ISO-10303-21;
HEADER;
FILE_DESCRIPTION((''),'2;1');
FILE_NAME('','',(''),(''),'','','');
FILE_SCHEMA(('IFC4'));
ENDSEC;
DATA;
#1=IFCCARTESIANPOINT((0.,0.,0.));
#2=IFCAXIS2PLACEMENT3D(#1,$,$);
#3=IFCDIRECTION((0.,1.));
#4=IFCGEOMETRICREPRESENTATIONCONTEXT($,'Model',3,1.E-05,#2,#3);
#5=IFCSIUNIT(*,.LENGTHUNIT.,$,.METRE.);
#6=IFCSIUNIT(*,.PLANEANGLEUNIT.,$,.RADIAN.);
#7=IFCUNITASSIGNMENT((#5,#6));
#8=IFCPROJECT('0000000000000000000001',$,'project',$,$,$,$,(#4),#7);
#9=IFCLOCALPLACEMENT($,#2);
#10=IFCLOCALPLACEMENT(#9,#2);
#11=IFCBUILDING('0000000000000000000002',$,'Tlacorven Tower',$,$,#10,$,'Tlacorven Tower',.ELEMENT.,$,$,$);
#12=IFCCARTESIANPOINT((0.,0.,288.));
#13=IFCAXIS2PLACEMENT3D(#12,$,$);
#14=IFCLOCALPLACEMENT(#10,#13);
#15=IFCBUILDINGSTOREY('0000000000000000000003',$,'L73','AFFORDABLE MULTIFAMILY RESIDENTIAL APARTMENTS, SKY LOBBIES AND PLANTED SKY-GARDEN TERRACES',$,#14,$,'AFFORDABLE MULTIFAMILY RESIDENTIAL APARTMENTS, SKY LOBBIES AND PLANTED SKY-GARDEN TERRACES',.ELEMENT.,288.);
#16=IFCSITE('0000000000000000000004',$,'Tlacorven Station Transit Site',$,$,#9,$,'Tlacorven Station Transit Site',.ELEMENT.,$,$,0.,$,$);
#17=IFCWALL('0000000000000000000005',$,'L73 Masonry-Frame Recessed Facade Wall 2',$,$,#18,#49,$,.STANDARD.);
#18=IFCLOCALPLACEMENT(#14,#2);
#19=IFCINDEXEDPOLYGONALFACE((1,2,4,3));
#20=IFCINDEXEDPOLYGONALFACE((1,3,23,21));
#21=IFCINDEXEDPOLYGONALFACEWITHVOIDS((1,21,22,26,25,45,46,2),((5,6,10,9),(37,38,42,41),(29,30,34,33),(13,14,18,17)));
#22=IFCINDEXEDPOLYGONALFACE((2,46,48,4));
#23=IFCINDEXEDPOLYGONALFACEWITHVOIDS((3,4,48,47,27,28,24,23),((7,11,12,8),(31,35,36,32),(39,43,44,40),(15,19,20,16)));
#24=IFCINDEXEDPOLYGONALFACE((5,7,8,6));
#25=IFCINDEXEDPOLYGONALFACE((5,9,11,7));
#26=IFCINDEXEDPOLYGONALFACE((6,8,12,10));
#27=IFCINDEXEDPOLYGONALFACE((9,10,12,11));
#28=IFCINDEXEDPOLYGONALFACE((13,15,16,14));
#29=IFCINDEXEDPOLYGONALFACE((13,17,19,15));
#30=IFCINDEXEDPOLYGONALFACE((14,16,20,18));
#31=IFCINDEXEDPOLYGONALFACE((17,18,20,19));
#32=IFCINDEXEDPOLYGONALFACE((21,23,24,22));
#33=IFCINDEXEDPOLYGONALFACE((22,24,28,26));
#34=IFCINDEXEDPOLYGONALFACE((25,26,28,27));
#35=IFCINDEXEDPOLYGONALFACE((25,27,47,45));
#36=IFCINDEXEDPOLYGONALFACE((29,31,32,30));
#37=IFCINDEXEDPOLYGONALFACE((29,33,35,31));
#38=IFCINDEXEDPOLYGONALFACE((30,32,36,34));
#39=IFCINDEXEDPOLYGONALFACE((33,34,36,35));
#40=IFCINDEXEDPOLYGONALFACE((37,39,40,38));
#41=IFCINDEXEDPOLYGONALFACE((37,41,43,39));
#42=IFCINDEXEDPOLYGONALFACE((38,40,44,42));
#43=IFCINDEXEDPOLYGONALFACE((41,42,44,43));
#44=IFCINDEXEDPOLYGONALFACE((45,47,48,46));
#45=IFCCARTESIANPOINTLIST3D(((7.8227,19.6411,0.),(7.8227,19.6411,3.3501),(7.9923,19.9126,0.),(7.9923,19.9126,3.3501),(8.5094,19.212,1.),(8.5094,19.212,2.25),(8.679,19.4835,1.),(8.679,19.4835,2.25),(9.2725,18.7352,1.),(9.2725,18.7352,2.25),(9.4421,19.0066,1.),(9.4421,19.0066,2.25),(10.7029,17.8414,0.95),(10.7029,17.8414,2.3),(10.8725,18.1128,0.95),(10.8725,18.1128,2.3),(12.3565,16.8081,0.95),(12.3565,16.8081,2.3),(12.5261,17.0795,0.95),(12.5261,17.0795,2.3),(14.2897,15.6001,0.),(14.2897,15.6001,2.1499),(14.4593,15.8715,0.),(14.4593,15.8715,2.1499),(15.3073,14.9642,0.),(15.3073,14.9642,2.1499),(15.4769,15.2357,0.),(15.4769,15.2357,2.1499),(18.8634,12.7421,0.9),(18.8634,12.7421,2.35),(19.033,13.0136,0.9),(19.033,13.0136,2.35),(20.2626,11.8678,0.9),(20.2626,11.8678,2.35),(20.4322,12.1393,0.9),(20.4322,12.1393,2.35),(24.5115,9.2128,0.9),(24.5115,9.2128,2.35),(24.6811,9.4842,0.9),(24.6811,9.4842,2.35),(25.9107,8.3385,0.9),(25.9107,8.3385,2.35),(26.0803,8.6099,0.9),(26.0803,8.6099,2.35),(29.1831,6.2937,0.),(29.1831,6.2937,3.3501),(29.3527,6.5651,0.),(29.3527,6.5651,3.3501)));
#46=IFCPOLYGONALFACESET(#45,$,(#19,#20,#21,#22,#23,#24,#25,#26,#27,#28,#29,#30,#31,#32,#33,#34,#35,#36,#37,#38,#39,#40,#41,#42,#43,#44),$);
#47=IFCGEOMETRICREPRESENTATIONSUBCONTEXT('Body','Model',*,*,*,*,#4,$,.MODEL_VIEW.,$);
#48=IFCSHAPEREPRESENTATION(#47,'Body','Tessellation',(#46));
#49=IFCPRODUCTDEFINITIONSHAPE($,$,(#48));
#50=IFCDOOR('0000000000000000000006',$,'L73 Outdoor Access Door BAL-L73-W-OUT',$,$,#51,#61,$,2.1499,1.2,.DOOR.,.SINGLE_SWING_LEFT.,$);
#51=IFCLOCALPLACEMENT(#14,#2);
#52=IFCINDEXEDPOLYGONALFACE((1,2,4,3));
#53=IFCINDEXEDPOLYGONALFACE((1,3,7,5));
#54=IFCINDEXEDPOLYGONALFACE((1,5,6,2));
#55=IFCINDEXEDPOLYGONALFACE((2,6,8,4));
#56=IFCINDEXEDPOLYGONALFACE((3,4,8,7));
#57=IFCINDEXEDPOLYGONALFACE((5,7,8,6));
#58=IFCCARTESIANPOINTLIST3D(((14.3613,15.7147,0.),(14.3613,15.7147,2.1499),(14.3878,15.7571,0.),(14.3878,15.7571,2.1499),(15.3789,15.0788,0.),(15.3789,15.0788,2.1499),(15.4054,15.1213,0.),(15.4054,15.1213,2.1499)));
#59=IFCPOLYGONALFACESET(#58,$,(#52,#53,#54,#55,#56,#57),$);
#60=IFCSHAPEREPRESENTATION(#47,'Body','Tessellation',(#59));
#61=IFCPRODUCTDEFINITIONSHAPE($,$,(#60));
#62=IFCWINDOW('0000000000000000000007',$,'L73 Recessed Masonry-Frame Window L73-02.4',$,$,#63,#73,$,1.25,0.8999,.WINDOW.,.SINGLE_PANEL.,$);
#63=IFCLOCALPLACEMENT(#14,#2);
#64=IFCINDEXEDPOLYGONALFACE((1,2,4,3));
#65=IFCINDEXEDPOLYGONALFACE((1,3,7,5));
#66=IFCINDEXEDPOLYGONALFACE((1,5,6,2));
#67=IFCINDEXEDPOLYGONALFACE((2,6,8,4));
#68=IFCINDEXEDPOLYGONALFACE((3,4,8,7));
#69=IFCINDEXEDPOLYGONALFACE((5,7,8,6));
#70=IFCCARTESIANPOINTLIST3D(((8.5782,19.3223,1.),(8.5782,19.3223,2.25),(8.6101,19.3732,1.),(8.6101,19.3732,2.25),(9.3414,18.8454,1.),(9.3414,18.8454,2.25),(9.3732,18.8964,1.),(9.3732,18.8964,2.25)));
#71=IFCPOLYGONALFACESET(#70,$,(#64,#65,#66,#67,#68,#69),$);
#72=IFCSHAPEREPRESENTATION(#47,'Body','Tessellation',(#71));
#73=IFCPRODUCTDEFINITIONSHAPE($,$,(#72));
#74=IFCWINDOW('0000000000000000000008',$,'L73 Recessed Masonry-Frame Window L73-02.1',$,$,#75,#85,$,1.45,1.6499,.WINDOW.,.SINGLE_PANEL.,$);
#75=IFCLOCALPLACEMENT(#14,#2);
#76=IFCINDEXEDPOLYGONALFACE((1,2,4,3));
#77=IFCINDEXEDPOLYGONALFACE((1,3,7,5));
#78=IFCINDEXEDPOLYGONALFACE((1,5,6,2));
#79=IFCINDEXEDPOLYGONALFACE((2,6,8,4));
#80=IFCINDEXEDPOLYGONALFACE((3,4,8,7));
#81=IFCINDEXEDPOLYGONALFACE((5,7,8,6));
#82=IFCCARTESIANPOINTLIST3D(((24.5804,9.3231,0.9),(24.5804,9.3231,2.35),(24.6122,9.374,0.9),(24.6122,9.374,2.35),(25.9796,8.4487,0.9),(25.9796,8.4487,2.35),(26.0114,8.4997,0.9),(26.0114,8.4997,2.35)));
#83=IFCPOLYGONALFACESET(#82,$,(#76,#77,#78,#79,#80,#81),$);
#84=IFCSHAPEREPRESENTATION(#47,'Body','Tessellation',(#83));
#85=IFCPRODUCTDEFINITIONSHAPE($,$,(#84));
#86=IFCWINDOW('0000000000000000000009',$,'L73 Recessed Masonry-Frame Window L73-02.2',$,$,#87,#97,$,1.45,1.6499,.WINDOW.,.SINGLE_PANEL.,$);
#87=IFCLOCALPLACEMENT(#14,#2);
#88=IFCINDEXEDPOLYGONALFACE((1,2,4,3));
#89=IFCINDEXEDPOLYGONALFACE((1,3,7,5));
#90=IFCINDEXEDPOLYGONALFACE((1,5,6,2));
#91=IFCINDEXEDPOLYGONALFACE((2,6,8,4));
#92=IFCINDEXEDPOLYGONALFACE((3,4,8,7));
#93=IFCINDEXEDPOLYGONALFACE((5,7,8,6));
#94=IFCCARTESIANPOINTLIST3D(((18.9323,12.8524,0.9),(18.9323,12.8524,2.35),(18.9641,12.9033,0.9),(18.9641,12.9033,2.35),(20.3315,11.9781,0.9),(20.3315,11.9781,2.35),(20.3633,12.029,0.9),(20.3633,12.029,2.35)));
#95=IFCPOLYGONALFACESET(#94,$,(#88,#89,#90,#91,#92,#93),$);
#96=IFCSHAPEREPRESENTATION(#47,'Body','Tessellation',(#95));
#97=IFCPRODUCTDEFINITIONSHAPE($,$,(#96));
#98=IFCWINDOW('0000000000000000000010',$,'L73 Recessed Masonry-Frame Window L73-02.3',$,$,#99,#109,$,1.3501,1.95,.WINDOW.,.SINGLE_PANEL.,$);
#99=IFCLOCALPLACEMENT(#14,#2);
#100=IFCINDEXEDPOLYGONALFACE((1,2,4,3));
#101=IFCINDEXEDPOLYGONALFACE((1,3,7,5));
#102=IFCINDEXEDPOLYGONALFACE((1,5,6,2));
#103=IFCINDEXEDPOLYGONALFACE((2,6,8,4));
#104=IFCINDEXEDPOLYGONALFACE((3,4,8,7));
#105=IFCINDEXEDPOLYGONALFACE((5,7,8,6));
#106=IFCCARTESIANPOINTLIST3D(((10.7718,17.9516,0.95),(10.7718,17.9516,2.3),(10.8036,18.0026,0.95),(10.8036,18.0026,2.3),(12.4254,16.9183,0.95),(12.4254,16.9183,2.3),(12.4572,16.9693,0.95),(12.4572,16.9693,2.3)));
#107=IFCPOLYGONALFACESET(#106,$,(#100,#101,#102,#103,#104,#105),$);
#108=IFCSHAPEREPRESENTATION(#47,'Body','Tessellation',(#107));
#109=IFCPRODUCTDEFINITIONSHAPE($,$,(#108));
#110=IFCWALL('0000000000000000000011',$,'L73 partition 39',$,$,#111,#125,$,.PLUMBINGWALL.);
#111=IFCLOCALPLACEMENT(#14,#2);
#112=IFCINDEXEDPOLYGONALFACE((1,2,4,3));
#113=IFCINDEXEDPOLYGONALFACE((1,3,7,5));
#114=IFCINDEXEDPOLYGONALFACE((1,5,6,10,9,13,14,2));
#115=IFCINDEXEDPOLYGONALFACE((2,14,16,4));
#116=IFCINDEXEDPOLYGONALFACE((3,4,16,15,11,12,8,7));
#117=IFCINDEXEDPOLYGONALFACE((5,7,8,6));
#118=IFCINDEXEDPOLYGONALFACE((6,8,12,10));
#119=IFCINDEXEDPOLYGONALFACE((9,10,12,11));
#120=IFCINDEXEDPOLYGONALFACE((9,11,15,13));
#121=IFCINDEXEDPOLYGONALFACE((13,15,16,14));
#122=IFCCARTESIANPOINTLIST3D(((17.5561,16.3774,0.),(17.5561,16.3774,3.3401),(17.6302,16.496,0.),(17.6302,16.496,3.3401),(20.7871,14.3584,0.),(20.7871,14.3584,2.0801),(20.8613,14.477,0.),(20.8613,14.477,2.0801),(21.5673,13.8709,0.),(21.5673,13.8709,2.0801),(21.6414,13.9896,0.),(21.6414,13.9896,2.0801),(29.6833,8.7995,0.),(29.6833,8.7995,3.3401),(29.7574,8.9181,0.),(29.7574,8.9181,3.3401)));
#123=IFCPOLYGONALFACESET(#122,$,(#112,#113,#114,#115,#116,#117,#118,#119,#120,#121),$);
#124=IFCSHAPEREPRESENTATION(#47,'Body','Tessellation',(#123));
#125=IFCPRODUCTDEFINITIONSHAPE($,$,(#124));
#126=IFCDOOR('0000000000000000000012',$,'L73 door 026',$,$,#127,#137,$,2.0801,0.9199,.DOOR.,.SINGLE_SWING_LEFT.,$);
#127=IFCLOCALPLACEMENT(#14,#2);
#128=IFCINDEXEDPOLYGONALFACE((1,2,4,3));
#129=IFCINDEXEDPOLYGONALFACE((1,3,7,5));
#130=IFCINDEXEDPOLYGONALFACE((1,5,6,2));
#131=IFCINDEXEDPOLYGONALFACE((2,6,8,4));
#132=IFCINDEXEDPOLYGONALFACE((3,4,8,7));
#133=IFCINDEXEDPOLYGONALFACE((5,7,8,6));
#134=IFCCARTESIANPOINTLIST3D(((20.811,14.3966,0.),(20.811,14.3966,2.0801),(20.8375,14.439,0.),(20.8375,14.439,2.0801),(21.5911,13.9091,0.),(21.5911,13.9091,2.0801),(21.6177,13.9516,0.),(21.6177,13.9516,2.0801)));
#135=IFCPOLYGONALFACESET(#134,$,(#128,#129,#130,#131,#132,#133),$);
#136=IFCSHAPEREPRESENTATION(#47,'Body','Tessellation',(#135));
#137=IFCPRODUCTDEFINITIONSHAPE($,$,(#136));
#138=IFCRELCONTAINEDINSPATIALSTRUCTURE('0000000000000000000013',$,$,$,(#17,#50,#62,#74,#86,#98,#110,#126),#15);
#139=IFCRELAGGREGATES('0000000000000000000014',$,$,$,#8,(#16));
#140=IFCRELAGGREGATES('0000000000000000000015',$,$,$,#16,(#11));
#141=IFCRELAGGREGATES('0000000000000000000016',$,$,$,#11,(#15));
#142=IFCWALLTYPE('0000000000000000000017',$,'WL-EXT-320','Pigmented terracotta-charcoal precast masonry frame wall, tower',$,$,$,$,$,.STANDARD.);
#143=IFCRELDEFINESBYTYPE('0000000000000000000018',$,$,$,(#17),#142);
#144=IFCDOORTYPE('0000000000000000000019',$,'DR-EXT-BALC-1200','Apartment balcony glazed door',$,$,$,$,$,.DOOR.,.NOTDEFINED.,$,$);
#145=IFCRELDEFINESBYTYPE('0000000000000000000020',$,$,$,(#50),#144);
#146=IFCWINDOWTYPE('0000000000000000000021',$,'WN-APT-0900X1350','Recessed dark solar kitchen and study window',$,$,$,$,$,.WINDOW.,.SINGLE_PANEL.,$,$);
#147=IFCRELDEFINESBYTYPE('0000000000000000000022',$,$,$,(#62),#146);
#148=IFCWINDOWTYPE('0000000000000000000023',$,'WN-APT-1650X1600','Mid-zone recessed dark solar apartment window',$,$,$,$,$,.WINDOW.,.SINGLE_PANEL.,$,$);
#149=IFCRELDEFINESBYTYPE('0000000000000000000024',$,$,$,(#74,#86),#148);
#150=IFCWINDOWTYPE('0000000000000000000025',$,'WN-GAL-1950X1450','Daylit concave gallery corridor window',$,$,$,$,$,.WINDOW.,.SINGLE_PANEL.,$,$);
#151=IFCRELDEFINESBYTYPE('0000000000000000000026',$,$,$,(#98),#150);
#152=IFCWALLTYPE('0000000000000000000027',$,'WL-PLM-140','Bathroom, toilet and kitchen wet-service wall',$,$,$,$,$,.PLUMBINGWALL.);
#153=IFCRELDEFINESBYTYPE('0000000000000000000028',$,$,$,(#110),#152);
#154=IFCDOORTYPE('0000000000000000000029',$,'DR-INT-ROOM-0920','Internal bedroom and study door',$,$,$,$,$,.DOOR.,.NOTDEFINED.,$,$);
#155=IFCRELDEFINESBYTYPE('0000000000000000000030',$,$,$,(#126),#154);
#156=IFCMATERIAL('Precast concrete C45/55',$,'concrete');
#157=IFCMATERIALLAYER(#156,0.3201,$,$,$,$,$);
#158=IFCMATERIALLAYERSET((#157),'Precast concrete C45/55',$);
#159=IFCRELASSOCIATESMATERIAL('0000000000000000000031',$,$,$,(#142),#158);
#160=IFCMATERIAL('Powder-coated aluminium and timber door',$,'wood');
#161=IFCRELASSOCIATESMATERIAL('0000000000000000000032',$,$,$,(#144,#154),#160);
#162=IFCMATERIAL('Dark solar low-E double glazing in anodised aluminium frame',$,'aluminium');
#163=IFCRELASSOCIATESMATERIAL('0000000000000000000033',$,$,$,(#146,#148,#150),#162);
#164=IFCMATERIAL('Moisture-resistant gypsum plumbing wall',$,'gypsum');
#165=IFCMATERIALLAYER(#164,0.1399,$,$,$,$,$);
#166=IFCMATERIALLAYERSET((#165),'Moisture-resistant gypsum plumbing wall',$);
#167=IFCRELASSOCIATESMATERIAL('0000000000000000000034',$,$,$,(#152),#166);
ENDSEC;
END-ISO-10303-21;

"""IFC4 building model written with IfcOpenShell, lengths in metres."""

from ifc_helpers import new_model, si_unit, direction, frame, frame_2d, origin, place, context, subcontext, project, spatial, rectangle, extrude, source, transform, mapped, material, layer, layer_set, type_object, element, fill, save


model = new_model("IFC4")

# Units and contexts
model_context = context("Model", 3, precision=1e-05, world=origin(), true_north=direction((0.0, 1.0)))
body_context = subcontext(model_context, "Body", "Model", "MODEL_VIEW")
ifc_project = project(units=[si_unit("LENGTHUNIT", "METRE"), si_unit("PLANEANGLEUNIT", "RADIAN")], contexts=[model_context])

# Site, building, storey
site_placement = place(None, origin())
site = spatial("IfcSite", under=ifc_project, at=site_placement, Name="Tlacorven Station Transit Site", LongName="Tlacorven Station Transit Site", CompositionType="ELEMENT", RefElevation=0.0)
building_placement = place(site_placement, origin())
building = spatial("IfcBuilding", under=site, at=building_placement, Name="Tlacorven Tower", LongName="Tlacorven Tower", CompositionType="ELEMENT")
storey_placement = place(building_placement, frame((0.0, 0.0, 288.0)))
storey = spatial("IfcBuildingStorey", under=building, at=storey_placement, Name="L73", Description="AFFORDABLE MULTIFAMILY RESIDENTIAL APARTMENTS, SKY LOBBIES AND PLANTED SKY-GARDEN TERRACES", LongName="AFFORDABLE MULTIFAMILY RESIDENTIAL APARTMENTS, SKY LOBBIES AND PLANTED SKY-GARDEN TERRACES", CompositionType="ELEMENT", Elevation=288.0)

# Wall, openings, door, windows
ifc_material_1 = material(Name="Precast concrete C45/55", Category="concrete")
ifc_layer_1 = layer(ifc_material_1, 0.3201)
ifc_layer_set_1 = layer_set([ifc_layer_1], Name="Precast concrete C45/55")
wall_type_1 = type_object("IfcWallType", Name="WL-EXT-320", Description="Pigmented terracotta-charcoal precast masonry frame wall, tower", PredefinedType="STANDARD", material=ifc_layer_set_1)
wall_1_placement = place(storey_placement, frame((29.2678, 6.4294, 0.0), z_axis=(0.0, 0.0, 1.0), x_axis=(-0.848048, 0.529919, 0.0)))
wall_1 = element("IfcWall", 1, at=wall_1_placement, inside=storey, type_object=wall_type_1, Name="L73 Masonry-Frame Recessed Facade Wall 2", PredefinedType="STANDARD", context=body_context, shape_type="SweptSolid", body=[
    extrude(rectangle(XDim=25.1877, YDim=0.3201, at=frame_2d((12.5938, 0.0))), origin(), (0.0, 0.0, 1.0), 3.3501),
])
opening_1_placement = place(wall_1_placement, frame((16.3618, 0.0, 0.0)))
opening_1 = element("IfcOpeningElement", 2, at=opening_1_placement, cuts=wall_1, PredefinedType="OPENING", context=body_context, shape_type="SweptSolid", body=[
    extrude(rectangle(XDim=1.2, YDim=2.1499, at=frame_2d((0.6001, 1.075))), frame((0.0, 0.1699, 0.0), z_axis=(0.0, -1.0, 0.0), x_axis=(1.0, 0.0, 0.0)), (0.0, 0.0, 1.0), 0.3401),
])
opening_2_placement = place(wall_1_placement, frame((3.8586, 0.0, 0.8999)))
opening_2 = element("IfcOpeningElement", 3, at=opening_2_placement, cuts=wall_1, PredefinedType="OPENING", context=body_context, shape_type="SweptSolid", body=[
    extrude(rectangle(XDim=1.6499, YDim=1.45, at=frame_2d((0.825, 0.7251))), frame((0.0, 0.1699, 0.0), z_axis=(0.0, -1.0, 0.0), x_axis=(1.0, 0.0, 0.0)), (0.0, 0.0, 1.0), 0.3401),
])
opening_3_placement = place(wall_1_placement, frame((10.5188, 0.0, 0.8999)))
opening_3 = element("IfcOpeningElement", 4, at=opening_3_placement, cuts=wall_1, PredefinedType="OPENING", context=body_context, shape_type="SweptSolid", body=[
    extrude(rectangle(XDim=1.6499, YDim=1.45, at=frame_2d((0.825, 0.7251))), frame((0.0, 0.1699, 0.0), z_axis=(0.0, -1.0, 0.0), x_axis=(1.0, 0.0, 0.0)), (0.0, 0.0, 1.0), 0.3401),
])
opening_4_placement = place(wall_1_placement, frame((19.8413, 0.0, 0.95)))
opening_4 = element("IfcOpeningElement", 5, at=opening_4_placement, cuts=wall_1, PredefinedType="OPENING", context=body_context, shape_type="SweptSolid", body=[
    extrude(rectangle(XDim=1.95, YDim=1.3501, at=frame_2d((0.9751, 0.675))), frame((0.0, 0.1699, 0.0), z_axis=(0.0, -1.0, 0.0), x_axis=(1.0, 0.0, 0.0)), (0.0, 0.0, 1.0), 0.3401),
])
opening_5_placement = place(wall_1_placement, frame((23.478, 0.0, 1.0)))
opening_5 = element("IfcOpeningElement", 6, at=opening_5_placement, cuts=wall_1, PredefinedType="OPENING", context=body_context, shape_type="SweptSolid", body=[
    extrude(rectangle(XDim=0.8999, YDim=1.25, at=frame_2d((0.45, 0.625))), frame((0.0, 0.1699, 0.0), z_axis=(0.0, -1.0, 0.0), x_axis=(1.0, 0.0, 0.0)), (0.0, 0.0, 1.0), 0.3401),
])
ifc_material_2 = material(Name="Powder-coated aluminium and timber door", Category="wood")
door_type_1 = type_object("IfcDoorType", Name="DR-EXT-BALC-1200", Description="Apartment balcony glazed door", OperationType="NOTDEFINED", PredefinedType="DOOR", material=ifc_material_2)
shared_shape_1 = source(origin(), body_context, "Body", "SweptSolid", [
    extrude(rectangle(XDim=1.2, YDim=2.1499, at=frame_2d((0.6001, 1.075))), frame((0.0, 0.0249, 0.0), z_axis=(0.0, -1.0, 0.0), x_axis=(1.0, 0.0, 0.0)), (0.0, 0.0, 1.0), 0.05),
])
door_1_placement = place(opening_1_placement, origin())
door_1 = element("IfcDoor", 7, at=door_1_placement, inside=storey, type_object=door_type_1, Name="L73 Outdoor Access Door BAL-L73-W-OUT", OperationType="SINGLE_SWING_LEFT", OverallHeight=2.1499, OverallWidth=1.2, PredefinedType="DOOR", context=body_context, shape_type="MappedRepresentation", body=[
    mapped(shared_shape_1, transform((0.0, 0.0, 0.0), scale=1.0)),
])
fill(opening_1, door_1)
ifc_material_3 = material(Name="Dark solar low-E double glazing in anodised aluminium frame", Category="aluminium")
window_type_1 = type_object("IfcWindowType", Name="WN-APT-0900X1350", Description="Recessed dark solar kitchen and study window", PartitioningType="SINGLE_PANEL", PredefinedType="WINDOW", material=ifc_material_3)
shared_shape_2 = source(origin(), body_context, "Body", "SweptSolid", [
    extrude(rectangle(XDim=0.8999, YDim=1.25, at=frame_2d((0.45, 0.625))), frame((0.0, 0.03, 0.0), z_axis=(0.0, -1.0, 0.0), x_axis=(1.0, 0.0, 0.0)), (0.0, 0.0, 1.0), 0.0601),
])
window_1_placement = place(opening_5_placement, origin())
window_1 = element("IfcWindow", 8, at=window_1_placement, inside=storey, type_object=window_type_1, Name="L73 Recessed Masonry-Frame Window L73-02.4", OverallHeight=1.25, OverallWidth=0.8999, PartitioningType="SINGLE_PANEL", PredefinedType="WINDOW", context=body_context, shape_type="MappedRepresentation", body=[
    mapped(shared_shape_2, transform((0.0, 0.0, 0.0), scale=1.0)),
])
fill(opening_5, window_1)
window_type_2 = type_object("IfcWindowType", Name="WN-APT-1650X1600", Description="Mid-zone recessed dark solar apartment window", PartitioningType="SINGLE_PANEL", PredefinedType="WINDOW", material=ifc_material_3)
shared_shape_3 = source(origin(), body_context, "Body", "SweptSolid", [
    extrude(rectangle(XDim=1.6499, YDim=1.45, at=frame_2d((0.825, 0.7251))), frame((0.0, 0.03, 0.0), z_axis=(0.0, -1.0, 0.0), x_axis=(1.0, 0.0, 0.0)), (0.0, 0.0, 1.0), 0.0601),
])
window_2_placement = place(opening_2_placement, origin())
window_2 = element("IfcWindow", 9, at=window_2_placement, inside=storey, type_object=window_type_2, Name="L73 Recessed Masonry-Frame Window L73-02.1", OverallHeight=1.45, OverallWidth=1.6499, PartitioningType="SINGLE_PANEL", PredefinedType="WINDOW", context=body_context, shape_type="MappedRepresentation", body=[
    mapped(shared_shape_3, transform((0.0, 0.0, 0.0), scale=1.0)),
])
fill(opening_2, window_2)
window_3_placement = place(opening_3_placement, origin())
window_3 = element("IfcWindow", 10, at=window_3_placement, inside=storey, type_object=window_type_2, Name="L73 Recessed Masonry-Frame Window L73-02.2", OverallHeight=1.45, OverallWidth=1.6499, PartitioningType="SINGLE_PANEL", PredefinedType="WINDOW", context=body_context, shape_type="MappedRepresentation", body=[
    mapped(shared_shape_3, transform((0.0, 0.0, 0.0), scale=1.0)),
])
fill(opening_3, window_3)
window_type_3 = type_object("IfcWindowType", Name="WN-GAL-1950X1450", Description="Daylit concave gallery corridor window", PartitioningType="SINGLE_PANEL", PredefinedType="WINDOW", material=ifc_material_3)
shared_shape_4 = source(origin(), body_context, "Body", "SweptSolid", [
    extrude(rectangle(XDim=1.95, YDim=1.3501, at=frame_2d((0.9751, 0.675))), frame((0.0, 0.03, 0.0), z_axis=(0.0, -1.0, 0.0), x_axis=(1.0, 0.0, 0.0)), (0.0, 0.0, 1.0), 0.0601),
])
window_4_placement = place(opening_4_placement, origin())
window_4 = element("IfcWindow", 11, at=window_4_placement, inside=storey, type_object=window_type_3, Name="L73 Recessed Masonry-Frame Window L73-02.3", OverallHeight=1.3501, OverallWidth=1.95, PartitioningType="SINGLE_PANEL", PredefinedType="WINDOW", context=body_context, shape_type="MappedRepresentation", body=[
    mapped(shared_shape_4, transform((0.0, 0.0, 0.0), scale=1.0)),
])
fill(opening_4, window_4)

# Wall, opening, door
ifc_material_4 = material(Name="Moisture-resistant gypsum plumbing wall", Category="gypsum")
ifc_layer_2 = layer(ifc_material_4, 0.1399)
ifc_layer_set_2 = layer_set([ifc_layer_2], Name="Moisture-resistant gypsum plumbing wall")
wall_type_2 = type_object("IfcWallType", Name="WL-PLM-140", Description="Bathroom, toilet and kitchen wet-service wall", PredefinedType="PLUMBINGWALL", material=ifc_layer_set_2)
wall_2_placement = place(storey_placement, frame((29.7202, 8.8589, 0.0), z_axis=(0.0, 0.0, 1.0), x_axis=(-0.848049, 0.529918, 0.0)))
wall_2 = element("IfcWall", 12, at=wall_2_placement, inside=storey, type_object=wall_type_2, Name="L73 partition 39", PredefinedType="PLUMBINGWALL", context=body_context, shape_type="SweptSolid", body=[
    extrude(rectangle(XDim=14.3, YDim=0.1399, at=frame_2d((7.1499, 0.0))), origin(), (0.0, 0.0, 1.0), 3.3401),
])
opening_6_placement = place(wall_2_placement, frame((9.5701, 0.0, 0.0)))
opening_6 = element("IfcOpeningElement", 13, at=opening_6_placement, cuts=wall_2, PredefinedType="OPENING", context=body_context, shape_type="SweptSolid", body=[
    extrude(rectangle(XDim=0.9199, YDim=2.0801, at=frame_2d((0.46, 1.04))), frame((0.0, 0.0801, 0.0), z_axis=(0.0, -1.0, 0.0), x_axis=(1.0, 0.0, 0.0)), (0.0, 0.0, 1.0), 0.1599),
])
door_type_2 = type_object("IfcDoorType", Name="DR-INT-ROOM-0920", Description="Internal bedroom and study door", OperationType="NOTDEFINED", PredefinedType="DOOR", material=ifc_material_2)
shared_shape_5 = source(origin(), body_context, "Body", "SweptSolid", [
    extrude(rectangle(XDim=0.9199, YDim=2.0801, at=frame_2d((0.46, 1.04))), frame((0.0, 0.0249, 0.0), z_axis=(0.0, -1.0, 0.0), x_axis=(1.0, 0.0, 0.0)), (0.0, 0.0, 1.0), 0.05),
])
door_2_placement = place(opening_6_placement, origin())
door_2 = element("IfcDoor", 14, at=door_2_placement, inside=storey, type_object=door_type_2, Name="L73 door 026", OperationType="SINGLE_SWING_LEFT", OverallHeight=2.0801, OverallWidth=0.9199, PredefinedType="DOOR", context=body_context, shape_type="MappedRepresentation", body=[
    mapped(shared_shape_5, transform((0.0, 0.0, 0.0), scale=1.0)),
])
fill(opening_6, door_2)

save(model, "model.ifc")
